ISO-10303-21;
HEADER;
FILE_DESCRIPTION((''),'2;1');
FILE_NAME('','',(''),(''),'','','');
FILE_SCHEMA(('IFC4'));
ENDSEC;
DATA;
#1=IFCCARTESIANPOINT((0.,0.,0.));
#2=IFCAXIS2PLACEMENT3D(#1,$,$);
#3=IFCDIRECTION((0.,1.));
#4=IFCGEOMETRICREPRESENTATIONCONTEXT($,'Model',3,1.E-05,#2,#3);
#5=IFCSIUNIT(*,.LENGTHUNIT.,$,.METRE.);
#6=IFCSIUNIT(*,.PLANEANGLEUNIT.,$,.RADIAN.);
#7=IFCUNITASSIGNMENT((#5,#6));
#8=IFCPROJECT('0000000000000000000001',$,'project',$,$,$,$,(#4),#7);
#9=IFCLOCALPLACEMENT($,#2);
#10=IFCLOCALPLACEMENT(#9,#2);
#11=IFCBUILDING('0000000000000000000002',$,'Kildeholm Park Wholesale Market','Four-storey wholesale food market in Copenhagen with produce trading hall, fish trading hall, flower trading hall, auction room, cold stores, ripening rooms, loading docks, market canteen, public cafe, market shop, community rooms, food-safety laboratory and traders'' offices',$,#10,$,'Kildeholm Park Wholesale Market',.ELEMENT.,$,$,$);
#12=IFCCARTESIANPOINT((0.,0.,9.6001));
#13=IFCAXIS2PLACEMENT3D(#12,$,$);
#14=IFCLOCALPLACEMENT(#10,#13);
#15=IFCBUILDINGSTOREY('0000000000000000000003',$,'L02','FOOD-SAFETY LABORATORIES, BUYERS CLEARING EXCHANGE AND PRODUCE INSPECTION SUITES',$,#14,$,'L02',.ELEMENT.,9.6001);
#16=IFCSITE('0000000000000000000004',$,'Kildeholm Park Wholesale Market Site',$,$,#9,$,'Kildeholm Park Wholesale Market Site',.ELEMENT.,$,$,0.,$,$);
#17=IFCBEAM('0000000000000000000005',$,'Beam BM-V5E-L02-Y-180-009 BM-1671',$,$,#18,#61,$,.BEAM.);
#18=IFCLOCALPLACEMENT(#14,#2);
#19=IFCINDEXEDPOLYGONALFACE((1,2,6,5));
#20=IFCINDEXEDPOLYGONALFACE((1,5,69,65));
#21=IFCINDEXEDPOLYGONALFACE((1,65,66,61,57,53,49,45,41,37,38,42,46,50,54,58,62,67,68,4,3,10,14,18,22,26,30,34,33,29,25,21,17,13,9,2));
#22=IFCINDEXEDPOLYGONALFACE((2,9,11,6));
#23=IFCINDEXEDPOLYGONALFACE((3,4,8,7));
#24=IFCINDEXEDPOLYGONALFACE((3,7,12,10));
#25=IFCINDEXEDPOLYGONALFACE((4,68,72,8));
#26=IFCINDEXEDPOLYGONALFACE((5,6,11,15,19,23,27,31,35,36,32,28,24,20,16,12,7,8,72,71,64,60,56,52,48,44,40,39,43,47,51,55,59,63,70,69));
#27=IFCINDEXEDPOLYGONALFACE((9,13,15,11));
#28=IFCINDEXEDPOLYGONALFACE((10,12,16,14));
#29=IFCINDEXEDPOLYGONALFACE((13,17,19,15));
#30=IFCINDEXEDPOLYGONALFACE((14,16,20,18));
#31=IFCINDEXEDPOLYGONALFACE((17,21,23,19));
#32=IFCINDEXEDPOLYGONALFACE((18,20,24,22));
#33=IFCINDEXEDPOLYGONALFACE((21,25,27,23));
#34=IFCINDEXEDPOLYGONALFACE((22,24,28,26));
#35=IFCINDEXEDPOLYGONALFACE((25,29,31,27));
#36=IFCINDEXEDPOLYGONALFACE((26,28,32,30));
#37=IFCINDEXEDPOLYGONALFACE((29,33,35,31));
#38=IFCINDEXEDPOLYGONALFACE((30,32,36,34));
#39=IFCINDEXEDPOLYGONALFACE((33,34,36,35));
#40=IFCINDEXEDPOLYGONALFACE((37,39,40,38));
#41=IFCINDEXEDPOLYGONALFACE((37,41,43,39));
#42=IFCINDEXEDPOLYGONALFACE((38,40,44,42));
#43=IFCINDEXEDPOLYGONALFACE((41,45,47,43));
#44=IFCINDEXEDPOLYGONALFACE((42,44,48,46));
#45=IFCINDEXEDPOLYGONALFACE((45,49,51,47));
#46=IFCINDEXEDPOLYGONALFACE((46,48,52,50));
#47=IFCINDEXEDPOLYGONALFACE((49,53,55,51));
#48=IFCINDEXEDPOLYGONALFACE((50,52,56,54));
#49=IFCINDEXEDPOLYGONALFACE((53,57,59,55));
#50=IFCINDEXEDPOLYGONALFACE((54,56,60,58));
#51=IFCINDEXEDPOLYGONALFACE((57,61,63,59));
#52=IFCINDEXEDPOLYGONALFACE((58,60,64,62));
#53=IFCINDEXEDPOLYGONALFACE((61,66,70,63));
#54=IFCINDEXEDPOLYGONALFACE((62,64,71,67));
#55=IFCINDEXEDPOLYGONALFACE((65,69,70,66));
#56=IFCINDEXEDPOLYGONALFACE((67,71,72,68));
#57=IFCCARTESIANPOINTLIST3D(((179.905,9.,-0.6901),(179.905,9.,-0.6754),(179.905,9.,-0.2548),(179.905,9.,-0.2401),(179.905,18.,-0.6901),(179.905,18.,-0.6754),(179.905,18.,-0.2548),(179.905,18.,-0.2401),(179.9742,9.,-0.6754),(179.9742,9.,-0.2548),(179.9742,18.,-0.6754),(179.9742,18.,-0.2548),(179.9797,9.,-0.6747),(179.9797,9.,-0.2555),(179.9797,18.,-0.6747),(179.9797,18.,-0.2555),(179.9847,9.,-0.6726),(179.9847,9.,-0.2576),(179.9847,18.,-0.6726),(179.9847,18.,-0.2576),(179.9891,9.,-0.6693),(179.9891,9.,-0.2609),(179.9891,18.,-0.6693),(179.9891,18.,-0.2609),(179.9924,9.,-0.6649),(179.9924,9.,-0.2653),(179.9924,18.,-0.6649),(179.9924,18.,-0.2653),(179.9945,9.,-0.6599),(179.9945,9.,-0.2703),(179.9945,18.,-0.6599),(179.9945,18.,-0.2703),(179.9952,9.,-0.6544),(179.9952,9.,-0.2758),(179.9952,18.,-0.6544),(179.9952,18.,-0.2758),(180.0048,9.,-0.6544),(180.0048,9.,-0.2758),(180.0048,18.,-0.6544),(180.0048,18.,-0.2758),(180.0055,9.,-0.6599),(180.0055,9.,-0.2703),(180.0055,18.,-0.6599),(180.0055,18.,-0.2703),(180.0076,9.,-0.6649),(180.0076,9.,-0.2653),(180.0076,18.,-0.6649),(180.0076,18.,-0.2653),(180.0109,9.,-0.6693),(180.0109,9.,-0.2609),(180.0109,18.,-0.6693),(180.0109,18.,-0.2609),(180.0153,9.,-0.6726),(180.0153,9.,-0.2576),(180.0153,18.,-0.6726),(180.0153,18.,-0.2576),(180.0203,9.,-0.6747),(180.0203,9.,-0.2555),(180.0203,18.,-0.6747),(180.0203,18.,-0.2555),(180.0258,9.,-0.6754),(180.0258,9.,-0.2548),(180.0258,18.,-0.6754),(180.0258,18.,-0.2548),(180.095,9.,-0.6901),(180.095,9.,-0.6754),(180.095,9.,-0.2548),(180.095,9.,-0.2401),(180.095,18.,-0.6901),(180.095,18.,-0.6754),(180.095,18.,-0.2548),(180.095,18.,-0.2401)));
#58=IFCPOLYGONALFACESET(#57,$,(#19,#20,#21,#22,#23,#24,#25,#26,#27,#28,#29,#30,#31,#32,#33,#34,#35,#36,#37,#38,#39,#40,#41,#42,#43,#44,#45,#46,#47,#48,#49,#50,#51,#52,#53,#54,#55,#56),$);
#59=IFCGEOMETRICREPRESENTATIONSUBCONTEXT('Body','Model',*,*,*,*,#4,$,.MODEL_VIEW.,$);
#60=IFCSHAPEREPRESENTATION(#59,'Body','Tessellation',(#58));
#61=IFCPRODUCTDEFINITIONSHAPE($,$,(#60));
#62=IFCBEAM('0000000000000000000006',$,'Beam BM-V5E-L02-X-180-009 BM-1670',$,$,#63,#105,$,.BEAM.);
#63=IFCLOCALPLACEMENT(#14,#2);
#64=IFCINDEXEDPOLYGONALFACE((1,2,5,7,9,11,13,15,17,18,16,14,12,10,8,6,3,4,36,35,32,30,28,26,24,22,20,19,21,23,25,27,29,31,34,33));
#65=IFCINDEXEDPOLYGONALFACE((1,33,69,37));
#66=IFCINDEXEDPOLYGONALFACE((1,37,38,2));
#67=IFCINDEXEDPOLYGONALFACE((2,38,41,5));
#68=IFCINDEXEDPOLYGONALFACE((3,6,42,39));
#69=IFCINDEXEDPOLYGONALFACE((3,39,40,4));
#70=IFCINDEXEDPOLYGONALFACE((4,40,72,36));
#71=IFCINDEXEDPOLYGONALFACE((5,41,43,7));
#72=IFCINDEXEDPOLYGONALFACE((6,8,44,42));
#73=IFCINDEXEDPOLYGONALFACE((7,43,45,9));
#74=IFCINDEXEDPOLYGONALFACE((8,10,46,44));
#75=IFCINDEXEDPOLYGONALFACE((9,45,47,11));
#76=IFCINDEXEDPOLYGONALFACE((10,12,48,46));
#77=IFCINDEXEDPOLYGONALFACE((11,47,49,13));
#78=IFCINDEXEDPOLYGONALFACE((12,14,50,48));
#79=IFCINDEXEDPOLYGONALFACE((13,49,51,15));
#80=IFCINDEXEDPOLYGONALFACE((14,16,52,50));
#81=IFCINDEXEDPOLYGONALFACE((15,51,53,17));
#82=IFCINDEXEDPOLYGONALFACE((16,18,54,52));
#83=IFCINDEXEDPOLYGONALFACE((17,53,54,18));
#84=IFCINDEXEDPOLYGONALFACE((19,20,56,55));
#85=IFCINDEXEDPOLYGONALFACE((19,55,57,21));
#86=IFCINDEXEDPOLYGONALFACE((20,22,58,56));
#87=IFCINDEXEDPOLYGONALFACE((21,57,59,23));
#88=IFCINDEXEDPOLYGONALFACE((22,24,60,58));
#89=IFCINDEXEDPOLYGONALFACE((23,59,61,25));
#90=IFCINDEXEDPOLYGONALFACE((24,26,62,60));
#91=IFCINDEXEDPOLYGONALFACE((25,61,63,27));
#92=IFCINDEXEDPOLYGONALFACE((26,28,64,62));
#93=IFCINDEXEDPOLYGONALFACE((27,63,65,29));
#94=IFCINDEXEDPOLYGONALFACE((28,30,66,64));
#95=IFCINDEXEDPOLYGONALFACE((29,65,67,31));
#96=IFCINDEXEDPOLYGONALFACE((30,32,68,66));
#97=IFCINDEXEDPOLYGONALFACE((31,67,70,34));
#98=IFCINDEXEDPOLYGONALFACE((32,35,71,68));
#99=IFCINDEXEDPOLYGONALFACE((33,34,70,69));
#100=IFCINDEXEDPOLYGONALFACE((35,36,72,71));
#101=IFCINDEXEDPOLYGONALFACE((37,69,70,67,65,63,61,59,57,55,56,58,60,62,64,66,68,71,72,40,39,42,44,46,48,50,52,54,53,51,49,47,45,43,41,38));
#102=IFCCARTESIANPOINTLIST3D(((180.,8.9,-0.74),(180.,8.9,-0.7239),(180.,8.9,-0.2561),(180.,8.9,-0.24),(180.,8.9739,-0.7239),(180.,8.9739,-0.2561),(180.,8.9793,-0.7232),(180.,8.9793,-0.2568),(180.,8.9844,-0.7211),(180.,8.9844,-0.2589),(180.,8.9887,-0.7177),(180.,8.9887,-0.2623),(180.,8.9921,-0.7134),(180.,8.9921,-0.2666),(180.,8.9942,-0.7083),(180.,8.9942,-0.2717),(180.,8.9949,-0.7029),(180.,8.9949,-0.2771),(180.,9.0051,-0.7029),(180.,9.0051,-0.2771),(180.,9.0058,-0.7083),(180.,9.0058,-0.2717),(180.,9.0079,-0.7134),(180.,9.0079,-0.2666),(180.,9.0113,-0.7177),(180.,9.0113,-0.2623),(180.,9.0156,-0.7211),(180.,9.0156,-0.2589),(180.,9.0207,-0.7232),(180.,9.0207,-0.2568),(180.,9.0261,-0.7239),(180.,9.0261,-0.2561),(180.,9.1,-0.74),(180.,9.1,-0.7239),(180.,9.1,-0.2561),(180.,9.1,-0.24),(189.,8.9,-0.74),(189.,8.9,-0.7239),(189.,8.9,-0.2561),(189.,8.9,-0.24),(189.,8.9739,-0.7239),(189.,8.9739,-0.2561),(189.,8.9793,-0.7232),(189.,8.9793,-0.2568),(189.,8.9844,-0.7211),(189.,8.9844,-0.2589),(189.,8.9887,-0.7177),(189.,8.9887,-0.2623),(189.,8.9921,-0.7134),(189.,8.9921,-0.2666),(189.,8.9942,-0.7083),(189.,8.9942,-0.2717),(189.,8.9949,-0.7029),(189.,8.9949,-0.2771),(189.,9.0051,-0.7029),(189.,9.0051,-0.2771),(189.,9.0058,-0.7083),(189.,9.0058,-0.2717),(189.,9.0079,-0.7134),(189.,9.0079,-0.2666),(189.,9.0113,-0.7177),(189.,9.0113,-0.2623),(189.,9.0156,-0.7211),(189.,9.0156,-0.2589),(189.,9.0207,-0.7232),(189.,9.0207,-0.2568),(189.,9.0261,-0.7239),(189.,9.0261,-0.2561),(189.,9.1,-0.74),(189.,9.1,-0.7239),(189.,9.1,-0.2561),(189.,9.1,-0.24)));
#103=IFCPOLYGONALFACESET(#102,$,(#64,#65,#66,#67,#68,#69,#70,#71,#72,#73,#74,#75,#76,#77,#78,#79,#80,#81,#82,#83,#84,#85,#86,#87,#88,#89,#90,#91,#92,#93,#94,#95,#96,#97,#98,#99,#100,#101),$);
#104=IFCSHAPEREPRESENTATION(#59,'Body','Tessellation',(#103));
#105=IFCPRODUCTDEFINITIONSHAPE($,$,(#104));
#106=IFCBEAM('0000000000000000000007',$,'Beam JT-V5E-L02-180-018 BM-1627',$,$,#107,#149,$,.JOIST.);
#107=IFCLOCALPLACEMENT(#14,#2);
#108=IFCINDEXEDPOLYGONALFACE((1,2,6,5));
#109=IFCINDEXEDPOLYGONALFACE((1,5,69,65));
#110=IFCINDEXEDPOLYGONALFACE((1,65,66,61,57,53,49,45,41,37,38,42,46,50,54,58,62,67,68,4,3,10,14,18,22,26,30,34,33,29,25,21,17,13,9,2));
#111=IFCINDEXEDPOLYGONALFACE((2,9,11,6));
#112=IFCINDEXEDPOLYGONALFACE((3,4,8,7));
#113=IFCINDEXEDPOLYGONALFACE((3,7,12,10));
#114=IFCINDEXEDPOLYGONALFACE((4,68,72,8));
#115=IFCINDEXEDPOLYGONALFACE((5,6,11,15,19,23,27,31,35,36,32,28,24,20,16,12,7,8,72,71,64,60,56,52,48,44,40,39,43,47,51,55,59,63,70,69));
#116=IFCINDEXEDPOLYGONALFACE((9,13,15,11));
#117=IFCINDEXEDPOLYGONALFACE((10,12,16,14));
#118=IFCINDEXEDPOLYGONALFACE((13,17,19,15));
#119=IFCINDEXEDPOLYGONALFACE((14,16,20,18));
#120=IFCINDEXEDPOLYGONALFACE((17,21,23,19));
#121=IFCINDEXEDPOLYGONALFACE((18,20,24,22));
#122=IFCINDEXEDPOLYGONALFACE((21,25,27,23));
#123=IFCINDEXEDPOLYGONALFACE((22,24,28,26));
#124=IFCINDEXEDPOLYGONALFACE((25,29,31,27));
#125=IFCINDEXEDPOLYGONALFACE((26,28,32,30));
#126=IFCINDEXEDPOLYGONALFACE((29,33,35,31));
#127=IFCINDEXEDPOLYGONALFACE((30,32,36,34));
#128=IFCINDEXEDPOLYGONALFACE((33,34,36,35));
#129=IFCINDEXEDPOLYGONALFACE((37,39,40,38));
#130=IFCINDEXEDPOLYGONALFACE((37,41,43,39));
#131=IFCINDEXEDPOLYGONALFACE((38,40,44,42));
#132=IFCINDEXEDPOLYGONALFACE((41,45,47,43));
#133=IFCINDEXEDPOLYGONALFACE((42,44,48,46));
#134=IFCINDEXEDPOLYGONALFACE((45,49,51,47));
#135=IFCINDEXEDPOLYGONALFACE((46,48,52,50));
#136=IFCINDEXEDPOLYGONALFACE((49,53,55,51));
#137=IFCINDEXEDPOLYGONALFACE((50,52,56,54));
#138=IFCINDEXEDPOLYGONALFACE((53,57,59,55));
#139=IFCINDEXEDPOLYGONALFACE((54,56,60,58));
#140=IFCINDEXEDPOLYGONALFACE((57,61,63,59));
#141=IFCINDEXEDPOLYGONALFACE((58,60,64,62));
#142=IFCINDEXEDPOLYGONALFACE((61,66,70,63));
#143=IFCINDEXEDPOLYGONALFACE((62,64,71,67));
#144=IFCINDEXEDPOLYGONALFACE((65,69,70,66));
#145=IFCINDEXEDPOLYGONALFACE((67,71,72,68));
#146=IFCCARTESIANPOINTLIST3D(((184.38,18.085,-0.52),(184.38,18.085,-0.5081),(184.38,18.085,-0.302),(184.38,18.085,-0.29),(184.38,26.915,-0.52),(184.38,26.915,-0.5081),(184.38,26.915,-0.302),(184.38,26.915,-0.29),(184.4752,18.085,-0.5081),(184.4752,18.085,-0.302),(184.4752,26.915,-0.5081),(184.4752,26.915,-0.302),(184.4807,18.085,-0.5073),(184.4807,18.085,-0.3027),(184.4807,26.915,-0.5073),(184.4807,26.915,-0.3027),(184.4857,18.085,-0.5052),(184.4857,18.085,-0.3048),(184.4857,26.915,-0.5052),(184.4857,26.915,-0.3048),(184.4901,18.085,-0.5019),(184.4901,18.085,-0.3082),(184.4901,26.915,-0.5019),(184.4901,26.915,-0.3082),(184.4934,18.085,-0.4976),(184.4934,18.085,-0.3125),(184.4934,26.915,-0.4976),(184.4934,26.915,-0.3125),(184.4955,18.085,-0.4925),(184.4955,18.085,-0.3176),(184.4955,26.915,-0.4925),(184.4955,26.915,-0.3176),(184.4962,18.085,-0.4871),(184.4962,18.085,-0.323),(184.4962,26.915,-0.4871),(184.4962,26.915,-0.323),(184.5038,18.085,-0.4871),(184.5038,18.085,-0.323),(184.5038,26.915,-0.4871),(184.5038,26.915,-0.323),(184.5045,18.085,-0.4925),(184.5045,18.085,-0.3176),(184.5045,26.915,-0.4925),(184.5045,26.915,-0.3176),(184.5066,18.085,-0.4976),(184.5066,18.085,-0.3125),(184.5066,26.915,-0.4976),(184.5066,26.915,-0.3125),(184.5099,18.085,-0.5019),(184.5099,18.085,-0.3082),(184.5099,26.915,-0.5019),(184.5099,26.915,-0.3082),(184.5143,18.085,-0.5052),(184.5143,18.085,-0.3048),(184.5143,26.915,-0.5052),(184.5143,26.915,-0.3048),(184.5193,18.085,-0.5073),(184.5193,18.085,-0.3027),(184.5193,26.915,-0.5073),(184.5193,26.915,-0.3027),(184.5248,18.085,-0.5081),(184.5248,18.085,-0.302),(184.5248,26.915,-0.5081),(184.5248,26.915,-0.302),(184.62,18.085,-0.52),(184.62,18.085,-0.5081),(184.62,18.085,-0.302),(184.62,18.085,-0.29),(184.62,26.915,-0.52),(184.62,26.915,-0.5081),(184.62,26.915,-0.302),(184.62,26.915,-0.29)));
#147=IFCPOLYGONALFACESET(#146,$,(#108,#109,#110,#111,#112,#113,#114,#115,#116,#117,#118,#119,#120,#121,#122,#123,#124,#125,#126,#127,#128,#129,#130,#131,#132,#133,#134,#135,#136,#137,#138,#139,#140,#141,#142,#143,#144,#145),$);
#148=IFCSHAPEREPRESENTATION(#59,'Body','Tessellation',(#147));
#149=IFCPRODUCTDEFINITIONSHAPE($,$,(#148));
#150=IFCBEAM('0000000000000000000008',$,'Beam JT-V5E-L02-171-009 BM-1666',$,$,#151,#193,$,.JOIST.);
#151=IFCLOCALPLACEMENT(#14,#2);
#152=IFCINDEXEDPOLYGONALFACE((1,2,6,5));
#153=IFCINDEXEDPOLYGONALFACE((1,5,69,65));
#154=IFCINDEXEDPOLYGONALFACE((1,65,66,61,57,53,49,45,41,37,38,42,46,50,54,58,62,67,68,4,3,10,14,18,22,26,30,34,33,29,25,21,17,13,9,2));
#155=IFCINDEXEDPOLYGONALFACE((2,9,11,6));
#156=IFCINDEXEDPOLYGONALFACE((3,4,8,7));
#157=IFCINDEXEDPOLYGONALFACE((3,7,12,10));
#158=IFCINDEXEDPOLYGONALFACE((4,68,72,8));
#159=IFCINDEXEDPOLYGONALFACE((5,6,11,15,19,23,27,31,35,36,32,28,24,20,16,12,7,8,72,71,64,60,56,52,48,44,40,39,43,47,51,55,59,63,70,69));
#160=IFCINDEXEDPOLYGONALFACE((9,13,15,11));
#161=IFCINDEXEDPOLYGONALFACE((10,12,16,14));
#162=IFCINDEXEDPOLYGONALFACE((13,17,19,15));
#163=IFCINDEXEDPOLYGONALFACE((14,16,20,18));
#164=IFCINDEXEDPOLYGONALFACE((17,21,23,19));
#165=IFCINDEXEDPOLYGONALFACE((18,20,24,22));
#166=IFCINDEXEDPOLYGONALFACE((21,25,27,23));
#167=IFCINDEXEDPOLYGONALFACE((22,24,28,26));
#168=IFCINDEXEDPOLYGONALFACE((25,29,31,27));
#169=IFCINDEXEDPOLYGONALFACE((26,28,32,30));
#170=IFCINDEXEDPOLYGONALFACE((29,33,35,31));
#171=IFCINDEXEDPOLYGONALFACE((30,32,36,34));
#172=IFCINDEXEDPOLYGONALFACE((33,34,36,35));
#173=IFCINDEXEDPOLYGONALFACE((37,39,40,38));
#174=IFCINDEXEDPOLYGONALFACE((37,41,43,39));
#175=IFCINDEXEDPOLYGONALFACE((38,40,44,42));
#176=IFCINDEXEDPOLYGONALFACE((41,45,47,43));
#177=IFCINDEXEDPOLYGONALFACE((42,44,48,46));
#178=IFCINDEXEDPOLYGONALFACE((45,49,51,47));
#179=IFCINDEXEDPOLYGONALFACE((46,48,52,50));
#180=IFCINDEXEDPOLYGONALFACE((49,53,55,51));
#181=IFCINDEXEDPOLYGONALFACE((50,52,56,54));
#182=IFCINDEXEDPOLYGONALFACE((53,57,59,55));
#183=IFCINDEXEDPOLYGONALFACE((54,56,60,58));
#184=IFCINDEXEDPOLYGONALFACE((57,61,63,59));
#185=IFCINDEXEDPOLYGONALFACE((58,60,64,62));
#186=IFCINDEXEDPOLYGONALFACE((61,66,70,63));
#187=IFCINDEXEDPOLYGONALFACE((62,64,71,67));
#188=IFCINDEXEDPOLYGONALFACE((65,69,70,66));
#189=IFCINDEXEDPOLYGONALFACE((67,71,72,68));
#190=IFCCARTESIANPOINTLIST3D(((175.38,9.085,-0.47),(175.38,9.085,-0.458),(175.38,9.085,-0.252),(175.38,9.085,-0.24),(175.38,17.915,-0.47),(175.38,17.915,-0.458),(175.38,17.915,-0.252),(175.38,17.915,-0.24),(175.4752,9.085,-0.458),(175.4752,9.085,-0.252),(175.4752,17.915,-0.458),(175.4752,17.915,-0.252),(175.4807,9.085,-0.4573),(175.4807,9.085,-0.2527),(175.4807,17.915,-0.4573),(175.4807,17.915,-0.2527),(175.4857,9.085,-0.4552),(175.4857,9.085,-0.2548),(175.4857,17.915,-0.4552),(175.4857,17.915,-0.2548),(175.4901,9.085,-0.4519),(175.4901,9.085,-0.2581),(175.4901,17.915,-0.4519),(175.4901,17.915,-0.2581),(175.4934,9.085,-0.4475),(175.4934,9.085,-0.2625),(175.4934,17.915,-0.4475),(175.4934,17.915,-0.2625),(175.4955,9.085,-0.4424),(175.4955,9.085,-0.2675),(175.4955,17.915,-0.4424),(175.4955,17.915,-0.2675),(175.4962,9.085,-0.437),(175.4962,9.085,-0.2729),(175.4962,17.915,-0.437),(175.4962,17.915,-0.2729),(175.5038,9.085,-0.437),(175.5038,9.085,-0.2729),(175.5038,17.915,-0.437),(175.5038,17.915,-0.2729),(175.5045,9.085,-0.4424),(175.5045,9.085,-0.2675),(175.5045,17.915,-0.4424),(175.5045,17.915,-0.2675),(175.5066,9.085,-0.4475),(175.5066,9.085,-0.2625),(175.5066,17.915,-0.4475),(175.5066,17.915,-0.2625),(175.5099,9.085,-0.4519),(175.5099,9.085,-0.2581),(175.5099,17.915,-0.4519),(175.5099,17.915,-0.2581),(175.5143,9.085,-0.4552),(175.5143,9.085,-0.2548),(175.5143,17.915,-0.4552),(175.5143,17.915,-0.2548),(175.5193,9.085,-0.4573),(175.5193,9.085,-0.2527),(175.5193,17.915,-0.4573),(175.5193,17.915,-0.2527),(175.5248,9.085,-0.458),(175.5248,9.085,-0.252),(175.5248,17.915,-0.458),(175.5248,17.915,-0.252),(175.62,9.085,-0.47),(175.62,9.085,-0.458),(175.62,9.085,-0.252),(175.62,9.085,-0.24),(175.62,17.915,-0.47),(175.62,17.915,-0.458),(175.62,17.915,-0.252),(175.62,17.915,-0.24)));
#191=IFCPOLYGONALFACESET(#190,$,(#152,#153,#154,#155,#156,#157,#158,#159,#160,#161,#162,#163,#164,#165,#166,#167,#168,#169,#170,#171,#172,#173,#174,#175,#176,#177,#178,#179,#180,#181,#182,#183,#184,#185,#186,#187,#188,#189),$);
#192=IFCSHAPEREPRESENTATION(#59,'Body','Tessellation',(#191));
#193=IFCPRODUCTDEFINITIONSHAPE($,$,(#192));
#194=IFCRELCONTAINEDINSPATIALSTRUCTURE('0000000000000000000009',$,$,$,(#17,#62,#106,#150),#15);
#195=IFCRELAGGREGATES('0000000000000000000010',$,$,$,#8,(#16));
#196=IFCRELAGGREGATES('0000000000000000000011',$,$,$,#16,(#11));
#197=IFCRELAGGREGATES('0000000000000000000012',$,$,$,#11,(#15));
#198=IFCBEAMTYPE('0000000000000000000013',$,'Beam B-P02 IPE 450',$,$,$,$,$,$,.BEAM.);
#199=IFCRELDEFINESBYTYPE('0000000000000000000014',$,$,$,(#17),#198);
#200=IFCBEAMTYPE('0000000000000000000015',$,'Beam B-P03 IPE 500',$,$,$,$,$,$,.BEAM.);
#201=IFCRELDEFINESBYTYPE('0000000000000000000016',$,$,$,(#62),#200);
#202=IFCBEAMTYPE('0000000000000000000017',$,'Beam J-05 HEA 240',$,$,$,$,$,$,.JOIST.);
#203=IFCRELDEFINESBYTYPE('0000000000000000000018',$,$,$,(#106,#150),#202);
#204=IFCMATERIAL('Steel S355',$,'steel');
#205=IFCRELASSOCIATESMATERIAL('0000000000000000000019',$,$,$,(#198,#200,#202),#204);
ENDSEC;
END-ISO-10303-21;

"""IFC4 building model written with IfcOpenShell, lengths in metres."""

from ifc_helpers import new_model, si_unit, direction, frame, origin, origin_2d, place, context, subcontext, project, spatial, i_section, extrude, material, material_profile, profile_set, type_object, element, save


model = new_model("IFC4")

# Units and contexts
model_context = context("Model", 3, precision=1e-05, world=origin(), true_north=direction((0.0, 1.0)))
body_context = subcontext(model_context, "Body", "Model", "MODEL_VIEW")
ifc_project = project(units=[si_unit("LENGTHUNIT", "METRE"), si_unit("PLANEANGLEUNIT", "RADIAN")], contexts=[model_context])

# Site, building, storey
site_placement = place(None, origin())
site = spatial("IfcSite", under=ifc_project, at=site_placement, Name="Kildeholm Park Wholesale Market Site", LongName="Kildeholm Park Wholesale Market Site", CompositionType="ELEMENT", RefElevation=0.0)
building_placement = place(site_placement, origin())
building = spatial("IfcBuilding", under=site, at=building_placement, Name="Kildeholm Park Wholesale Market", Description="Four-storey wholesale food market in Copenhagen with produce trading hall, fish trading hall, flower trading hall, auction room, cold stores, ripening rooms, loading docks, market canteen, public cafe, market shop, community rooms, food-safety laboratory and traders' offices", LongName="Kildeholm Park Wholesale Market", CompositionType="ELEMENT")
storey_placement = place(building_placement, frame((0.0, 0.0, 9.6001)))
storey = spatial("IfcBuildingStorey", under=building, at=storey_placement, Name="L02", Description="FOOD-SAFETY LABORATORIES, BUYERS CLEARING EXCHANGE AND PRODUCE INSPECTION SUITES", LongName="L02", CompositionType="ELEMENT", Elevation=9.6001)

# Shared definitions
ifc_material_1 = material(Name="Steel S355", Category="steel")

# Beams
ifc_material_profile_1 = material_profile(ifc_material_1, i_section(OverallWidth=0.1899, OverallDepth=0.45, WebThickness=0.0095, FlangeThickness=0.0146, FilletRadius=0.021, at=origin_2d()), Name="IPE 450")
ifc_profile_set_1 = profile_set([ifc_material_profile_1], Name="Steel S355")
beam_type_1 = type_object("IfcBeamType", Name="Beam B-P02 IPE 450", PredefinedType="BEAM", material=ifc_profile_set_1)
for number, where, z_axis, x_axis, name in (
    (1, (180.0, 9.0, -0.4651), (0.0, 1.0, 0.0), (-1.0, 0.0, 0.0), "Beam BM-V5E-L02-Y-180-009 BM-1671"),
):
    element("IfcBeam", number, at=place(storey_placement, frame(where, z_axis=z_axis, x_axis=x_axis)), inside=storey, type_object=beam_type_1, Name=name, PredefinedType="BEAM", context=body_context, shape_type="SweptSolid", body=[
        extrude(i_section(OverallWidth=0.1899, OverallDepth=0.45, WebThickness=0.0095, FlangeThickness=0.0146, FilletRadius=0.021, at=origin_2d()), origin(), (0.0, 0.0, 1.0), 9.0),
    ])
ifc_material_profile_2 = material_profile(ifc_material_1, i_section(OverallWidth=0.2, OverallDepth=0.5, WebThickness=0.0103, FlangeThickness=0.0161, FilletRadius=0.021, at=origin_2d()), Name="IPE 500")
ifc_profile_set_2 = profile_set([ifc_material_profile_2], Name="Steel S355")
beam_type_2 = type_object("IfcBeamType", Name="Beam B-P03 IPE 500", PredefinedType="BEAM", material=ifc_profile_set_2)
beam_1_placement = place(storey_placement, frame((180.0, 9.0, -0.49), z_axis=(1.0, 0.0, 0.0), x_axis=(0.0, 1.0, 0.0)))
element("IfcBeam", 2, at=beam_1_placement, inside=storey, type_object=beam_type_2, Name="Beam BM-V5E-L02-X-180-009 BM-1670", PredefinedType="BEAM", context=body_context, shape_type="SweptSolid", body=[
    extrude(i_section(OverallWidth=0.2, OverallDepth=0.5, WebThickness=0.0103, FlangeThickness=0.0161, FilletRadius=0.021, at=origin_2d()), origin(), (0.0, 0.0, 1.0), 9.0),
])
ifc_material_profile_3 = material_profile(ifc_material_1, i_section(OverallWidth=0.24, OverallDepth=0.23, WebThickness=0.0076, FlangeThickness=0.012, FilletRadius=0.021, at=origin_2d()), Name="HEA 240")
ifc_profile_set_3 = profile_set([ifc_material_profile_3], Name="Steel S355")
beam_type_3 = type_object("IfcBeamType", Name="Beam J-05 HEA 240", PredefinedType="JOIST", material=ifc_profile_set_3)
for number, where, z_axis, x_axis, name in (
    (3, (184.5, 18.085, -0.405), (0.0, 1.0, 0.0), (-1.0, 0.0, 0.0), "Beam JT-V5E-L02-180-018 BM-1627"),
    (4, (175.5, 9.085, -0.355), (0.0, 1.0, 0.0), (-1.0, 0.0, 0.0), "Beam JT-V5E-L02-171-009 BM-1666"),
):
    element("IfcBeam", number, at=place(storey_placement, frame(where, z_axis=z_axis, x_axis=x_axis)), inside=storey, type_object=beam_type_3, Name=name, PredefinedType="JOIST", context=body_context, shape_type="SweptSolid", body=[
        extrude(i_section(OverallWidth=0.24, OverallDepth=0.23, WebThickness=0.0076, FlangeThickness=0.012, FilletRadius=0.021, at=origin_2d()), origin(), (0.0, 0.0, 1.0), 8.8301),
    ])

save(model, "model.ifc")
